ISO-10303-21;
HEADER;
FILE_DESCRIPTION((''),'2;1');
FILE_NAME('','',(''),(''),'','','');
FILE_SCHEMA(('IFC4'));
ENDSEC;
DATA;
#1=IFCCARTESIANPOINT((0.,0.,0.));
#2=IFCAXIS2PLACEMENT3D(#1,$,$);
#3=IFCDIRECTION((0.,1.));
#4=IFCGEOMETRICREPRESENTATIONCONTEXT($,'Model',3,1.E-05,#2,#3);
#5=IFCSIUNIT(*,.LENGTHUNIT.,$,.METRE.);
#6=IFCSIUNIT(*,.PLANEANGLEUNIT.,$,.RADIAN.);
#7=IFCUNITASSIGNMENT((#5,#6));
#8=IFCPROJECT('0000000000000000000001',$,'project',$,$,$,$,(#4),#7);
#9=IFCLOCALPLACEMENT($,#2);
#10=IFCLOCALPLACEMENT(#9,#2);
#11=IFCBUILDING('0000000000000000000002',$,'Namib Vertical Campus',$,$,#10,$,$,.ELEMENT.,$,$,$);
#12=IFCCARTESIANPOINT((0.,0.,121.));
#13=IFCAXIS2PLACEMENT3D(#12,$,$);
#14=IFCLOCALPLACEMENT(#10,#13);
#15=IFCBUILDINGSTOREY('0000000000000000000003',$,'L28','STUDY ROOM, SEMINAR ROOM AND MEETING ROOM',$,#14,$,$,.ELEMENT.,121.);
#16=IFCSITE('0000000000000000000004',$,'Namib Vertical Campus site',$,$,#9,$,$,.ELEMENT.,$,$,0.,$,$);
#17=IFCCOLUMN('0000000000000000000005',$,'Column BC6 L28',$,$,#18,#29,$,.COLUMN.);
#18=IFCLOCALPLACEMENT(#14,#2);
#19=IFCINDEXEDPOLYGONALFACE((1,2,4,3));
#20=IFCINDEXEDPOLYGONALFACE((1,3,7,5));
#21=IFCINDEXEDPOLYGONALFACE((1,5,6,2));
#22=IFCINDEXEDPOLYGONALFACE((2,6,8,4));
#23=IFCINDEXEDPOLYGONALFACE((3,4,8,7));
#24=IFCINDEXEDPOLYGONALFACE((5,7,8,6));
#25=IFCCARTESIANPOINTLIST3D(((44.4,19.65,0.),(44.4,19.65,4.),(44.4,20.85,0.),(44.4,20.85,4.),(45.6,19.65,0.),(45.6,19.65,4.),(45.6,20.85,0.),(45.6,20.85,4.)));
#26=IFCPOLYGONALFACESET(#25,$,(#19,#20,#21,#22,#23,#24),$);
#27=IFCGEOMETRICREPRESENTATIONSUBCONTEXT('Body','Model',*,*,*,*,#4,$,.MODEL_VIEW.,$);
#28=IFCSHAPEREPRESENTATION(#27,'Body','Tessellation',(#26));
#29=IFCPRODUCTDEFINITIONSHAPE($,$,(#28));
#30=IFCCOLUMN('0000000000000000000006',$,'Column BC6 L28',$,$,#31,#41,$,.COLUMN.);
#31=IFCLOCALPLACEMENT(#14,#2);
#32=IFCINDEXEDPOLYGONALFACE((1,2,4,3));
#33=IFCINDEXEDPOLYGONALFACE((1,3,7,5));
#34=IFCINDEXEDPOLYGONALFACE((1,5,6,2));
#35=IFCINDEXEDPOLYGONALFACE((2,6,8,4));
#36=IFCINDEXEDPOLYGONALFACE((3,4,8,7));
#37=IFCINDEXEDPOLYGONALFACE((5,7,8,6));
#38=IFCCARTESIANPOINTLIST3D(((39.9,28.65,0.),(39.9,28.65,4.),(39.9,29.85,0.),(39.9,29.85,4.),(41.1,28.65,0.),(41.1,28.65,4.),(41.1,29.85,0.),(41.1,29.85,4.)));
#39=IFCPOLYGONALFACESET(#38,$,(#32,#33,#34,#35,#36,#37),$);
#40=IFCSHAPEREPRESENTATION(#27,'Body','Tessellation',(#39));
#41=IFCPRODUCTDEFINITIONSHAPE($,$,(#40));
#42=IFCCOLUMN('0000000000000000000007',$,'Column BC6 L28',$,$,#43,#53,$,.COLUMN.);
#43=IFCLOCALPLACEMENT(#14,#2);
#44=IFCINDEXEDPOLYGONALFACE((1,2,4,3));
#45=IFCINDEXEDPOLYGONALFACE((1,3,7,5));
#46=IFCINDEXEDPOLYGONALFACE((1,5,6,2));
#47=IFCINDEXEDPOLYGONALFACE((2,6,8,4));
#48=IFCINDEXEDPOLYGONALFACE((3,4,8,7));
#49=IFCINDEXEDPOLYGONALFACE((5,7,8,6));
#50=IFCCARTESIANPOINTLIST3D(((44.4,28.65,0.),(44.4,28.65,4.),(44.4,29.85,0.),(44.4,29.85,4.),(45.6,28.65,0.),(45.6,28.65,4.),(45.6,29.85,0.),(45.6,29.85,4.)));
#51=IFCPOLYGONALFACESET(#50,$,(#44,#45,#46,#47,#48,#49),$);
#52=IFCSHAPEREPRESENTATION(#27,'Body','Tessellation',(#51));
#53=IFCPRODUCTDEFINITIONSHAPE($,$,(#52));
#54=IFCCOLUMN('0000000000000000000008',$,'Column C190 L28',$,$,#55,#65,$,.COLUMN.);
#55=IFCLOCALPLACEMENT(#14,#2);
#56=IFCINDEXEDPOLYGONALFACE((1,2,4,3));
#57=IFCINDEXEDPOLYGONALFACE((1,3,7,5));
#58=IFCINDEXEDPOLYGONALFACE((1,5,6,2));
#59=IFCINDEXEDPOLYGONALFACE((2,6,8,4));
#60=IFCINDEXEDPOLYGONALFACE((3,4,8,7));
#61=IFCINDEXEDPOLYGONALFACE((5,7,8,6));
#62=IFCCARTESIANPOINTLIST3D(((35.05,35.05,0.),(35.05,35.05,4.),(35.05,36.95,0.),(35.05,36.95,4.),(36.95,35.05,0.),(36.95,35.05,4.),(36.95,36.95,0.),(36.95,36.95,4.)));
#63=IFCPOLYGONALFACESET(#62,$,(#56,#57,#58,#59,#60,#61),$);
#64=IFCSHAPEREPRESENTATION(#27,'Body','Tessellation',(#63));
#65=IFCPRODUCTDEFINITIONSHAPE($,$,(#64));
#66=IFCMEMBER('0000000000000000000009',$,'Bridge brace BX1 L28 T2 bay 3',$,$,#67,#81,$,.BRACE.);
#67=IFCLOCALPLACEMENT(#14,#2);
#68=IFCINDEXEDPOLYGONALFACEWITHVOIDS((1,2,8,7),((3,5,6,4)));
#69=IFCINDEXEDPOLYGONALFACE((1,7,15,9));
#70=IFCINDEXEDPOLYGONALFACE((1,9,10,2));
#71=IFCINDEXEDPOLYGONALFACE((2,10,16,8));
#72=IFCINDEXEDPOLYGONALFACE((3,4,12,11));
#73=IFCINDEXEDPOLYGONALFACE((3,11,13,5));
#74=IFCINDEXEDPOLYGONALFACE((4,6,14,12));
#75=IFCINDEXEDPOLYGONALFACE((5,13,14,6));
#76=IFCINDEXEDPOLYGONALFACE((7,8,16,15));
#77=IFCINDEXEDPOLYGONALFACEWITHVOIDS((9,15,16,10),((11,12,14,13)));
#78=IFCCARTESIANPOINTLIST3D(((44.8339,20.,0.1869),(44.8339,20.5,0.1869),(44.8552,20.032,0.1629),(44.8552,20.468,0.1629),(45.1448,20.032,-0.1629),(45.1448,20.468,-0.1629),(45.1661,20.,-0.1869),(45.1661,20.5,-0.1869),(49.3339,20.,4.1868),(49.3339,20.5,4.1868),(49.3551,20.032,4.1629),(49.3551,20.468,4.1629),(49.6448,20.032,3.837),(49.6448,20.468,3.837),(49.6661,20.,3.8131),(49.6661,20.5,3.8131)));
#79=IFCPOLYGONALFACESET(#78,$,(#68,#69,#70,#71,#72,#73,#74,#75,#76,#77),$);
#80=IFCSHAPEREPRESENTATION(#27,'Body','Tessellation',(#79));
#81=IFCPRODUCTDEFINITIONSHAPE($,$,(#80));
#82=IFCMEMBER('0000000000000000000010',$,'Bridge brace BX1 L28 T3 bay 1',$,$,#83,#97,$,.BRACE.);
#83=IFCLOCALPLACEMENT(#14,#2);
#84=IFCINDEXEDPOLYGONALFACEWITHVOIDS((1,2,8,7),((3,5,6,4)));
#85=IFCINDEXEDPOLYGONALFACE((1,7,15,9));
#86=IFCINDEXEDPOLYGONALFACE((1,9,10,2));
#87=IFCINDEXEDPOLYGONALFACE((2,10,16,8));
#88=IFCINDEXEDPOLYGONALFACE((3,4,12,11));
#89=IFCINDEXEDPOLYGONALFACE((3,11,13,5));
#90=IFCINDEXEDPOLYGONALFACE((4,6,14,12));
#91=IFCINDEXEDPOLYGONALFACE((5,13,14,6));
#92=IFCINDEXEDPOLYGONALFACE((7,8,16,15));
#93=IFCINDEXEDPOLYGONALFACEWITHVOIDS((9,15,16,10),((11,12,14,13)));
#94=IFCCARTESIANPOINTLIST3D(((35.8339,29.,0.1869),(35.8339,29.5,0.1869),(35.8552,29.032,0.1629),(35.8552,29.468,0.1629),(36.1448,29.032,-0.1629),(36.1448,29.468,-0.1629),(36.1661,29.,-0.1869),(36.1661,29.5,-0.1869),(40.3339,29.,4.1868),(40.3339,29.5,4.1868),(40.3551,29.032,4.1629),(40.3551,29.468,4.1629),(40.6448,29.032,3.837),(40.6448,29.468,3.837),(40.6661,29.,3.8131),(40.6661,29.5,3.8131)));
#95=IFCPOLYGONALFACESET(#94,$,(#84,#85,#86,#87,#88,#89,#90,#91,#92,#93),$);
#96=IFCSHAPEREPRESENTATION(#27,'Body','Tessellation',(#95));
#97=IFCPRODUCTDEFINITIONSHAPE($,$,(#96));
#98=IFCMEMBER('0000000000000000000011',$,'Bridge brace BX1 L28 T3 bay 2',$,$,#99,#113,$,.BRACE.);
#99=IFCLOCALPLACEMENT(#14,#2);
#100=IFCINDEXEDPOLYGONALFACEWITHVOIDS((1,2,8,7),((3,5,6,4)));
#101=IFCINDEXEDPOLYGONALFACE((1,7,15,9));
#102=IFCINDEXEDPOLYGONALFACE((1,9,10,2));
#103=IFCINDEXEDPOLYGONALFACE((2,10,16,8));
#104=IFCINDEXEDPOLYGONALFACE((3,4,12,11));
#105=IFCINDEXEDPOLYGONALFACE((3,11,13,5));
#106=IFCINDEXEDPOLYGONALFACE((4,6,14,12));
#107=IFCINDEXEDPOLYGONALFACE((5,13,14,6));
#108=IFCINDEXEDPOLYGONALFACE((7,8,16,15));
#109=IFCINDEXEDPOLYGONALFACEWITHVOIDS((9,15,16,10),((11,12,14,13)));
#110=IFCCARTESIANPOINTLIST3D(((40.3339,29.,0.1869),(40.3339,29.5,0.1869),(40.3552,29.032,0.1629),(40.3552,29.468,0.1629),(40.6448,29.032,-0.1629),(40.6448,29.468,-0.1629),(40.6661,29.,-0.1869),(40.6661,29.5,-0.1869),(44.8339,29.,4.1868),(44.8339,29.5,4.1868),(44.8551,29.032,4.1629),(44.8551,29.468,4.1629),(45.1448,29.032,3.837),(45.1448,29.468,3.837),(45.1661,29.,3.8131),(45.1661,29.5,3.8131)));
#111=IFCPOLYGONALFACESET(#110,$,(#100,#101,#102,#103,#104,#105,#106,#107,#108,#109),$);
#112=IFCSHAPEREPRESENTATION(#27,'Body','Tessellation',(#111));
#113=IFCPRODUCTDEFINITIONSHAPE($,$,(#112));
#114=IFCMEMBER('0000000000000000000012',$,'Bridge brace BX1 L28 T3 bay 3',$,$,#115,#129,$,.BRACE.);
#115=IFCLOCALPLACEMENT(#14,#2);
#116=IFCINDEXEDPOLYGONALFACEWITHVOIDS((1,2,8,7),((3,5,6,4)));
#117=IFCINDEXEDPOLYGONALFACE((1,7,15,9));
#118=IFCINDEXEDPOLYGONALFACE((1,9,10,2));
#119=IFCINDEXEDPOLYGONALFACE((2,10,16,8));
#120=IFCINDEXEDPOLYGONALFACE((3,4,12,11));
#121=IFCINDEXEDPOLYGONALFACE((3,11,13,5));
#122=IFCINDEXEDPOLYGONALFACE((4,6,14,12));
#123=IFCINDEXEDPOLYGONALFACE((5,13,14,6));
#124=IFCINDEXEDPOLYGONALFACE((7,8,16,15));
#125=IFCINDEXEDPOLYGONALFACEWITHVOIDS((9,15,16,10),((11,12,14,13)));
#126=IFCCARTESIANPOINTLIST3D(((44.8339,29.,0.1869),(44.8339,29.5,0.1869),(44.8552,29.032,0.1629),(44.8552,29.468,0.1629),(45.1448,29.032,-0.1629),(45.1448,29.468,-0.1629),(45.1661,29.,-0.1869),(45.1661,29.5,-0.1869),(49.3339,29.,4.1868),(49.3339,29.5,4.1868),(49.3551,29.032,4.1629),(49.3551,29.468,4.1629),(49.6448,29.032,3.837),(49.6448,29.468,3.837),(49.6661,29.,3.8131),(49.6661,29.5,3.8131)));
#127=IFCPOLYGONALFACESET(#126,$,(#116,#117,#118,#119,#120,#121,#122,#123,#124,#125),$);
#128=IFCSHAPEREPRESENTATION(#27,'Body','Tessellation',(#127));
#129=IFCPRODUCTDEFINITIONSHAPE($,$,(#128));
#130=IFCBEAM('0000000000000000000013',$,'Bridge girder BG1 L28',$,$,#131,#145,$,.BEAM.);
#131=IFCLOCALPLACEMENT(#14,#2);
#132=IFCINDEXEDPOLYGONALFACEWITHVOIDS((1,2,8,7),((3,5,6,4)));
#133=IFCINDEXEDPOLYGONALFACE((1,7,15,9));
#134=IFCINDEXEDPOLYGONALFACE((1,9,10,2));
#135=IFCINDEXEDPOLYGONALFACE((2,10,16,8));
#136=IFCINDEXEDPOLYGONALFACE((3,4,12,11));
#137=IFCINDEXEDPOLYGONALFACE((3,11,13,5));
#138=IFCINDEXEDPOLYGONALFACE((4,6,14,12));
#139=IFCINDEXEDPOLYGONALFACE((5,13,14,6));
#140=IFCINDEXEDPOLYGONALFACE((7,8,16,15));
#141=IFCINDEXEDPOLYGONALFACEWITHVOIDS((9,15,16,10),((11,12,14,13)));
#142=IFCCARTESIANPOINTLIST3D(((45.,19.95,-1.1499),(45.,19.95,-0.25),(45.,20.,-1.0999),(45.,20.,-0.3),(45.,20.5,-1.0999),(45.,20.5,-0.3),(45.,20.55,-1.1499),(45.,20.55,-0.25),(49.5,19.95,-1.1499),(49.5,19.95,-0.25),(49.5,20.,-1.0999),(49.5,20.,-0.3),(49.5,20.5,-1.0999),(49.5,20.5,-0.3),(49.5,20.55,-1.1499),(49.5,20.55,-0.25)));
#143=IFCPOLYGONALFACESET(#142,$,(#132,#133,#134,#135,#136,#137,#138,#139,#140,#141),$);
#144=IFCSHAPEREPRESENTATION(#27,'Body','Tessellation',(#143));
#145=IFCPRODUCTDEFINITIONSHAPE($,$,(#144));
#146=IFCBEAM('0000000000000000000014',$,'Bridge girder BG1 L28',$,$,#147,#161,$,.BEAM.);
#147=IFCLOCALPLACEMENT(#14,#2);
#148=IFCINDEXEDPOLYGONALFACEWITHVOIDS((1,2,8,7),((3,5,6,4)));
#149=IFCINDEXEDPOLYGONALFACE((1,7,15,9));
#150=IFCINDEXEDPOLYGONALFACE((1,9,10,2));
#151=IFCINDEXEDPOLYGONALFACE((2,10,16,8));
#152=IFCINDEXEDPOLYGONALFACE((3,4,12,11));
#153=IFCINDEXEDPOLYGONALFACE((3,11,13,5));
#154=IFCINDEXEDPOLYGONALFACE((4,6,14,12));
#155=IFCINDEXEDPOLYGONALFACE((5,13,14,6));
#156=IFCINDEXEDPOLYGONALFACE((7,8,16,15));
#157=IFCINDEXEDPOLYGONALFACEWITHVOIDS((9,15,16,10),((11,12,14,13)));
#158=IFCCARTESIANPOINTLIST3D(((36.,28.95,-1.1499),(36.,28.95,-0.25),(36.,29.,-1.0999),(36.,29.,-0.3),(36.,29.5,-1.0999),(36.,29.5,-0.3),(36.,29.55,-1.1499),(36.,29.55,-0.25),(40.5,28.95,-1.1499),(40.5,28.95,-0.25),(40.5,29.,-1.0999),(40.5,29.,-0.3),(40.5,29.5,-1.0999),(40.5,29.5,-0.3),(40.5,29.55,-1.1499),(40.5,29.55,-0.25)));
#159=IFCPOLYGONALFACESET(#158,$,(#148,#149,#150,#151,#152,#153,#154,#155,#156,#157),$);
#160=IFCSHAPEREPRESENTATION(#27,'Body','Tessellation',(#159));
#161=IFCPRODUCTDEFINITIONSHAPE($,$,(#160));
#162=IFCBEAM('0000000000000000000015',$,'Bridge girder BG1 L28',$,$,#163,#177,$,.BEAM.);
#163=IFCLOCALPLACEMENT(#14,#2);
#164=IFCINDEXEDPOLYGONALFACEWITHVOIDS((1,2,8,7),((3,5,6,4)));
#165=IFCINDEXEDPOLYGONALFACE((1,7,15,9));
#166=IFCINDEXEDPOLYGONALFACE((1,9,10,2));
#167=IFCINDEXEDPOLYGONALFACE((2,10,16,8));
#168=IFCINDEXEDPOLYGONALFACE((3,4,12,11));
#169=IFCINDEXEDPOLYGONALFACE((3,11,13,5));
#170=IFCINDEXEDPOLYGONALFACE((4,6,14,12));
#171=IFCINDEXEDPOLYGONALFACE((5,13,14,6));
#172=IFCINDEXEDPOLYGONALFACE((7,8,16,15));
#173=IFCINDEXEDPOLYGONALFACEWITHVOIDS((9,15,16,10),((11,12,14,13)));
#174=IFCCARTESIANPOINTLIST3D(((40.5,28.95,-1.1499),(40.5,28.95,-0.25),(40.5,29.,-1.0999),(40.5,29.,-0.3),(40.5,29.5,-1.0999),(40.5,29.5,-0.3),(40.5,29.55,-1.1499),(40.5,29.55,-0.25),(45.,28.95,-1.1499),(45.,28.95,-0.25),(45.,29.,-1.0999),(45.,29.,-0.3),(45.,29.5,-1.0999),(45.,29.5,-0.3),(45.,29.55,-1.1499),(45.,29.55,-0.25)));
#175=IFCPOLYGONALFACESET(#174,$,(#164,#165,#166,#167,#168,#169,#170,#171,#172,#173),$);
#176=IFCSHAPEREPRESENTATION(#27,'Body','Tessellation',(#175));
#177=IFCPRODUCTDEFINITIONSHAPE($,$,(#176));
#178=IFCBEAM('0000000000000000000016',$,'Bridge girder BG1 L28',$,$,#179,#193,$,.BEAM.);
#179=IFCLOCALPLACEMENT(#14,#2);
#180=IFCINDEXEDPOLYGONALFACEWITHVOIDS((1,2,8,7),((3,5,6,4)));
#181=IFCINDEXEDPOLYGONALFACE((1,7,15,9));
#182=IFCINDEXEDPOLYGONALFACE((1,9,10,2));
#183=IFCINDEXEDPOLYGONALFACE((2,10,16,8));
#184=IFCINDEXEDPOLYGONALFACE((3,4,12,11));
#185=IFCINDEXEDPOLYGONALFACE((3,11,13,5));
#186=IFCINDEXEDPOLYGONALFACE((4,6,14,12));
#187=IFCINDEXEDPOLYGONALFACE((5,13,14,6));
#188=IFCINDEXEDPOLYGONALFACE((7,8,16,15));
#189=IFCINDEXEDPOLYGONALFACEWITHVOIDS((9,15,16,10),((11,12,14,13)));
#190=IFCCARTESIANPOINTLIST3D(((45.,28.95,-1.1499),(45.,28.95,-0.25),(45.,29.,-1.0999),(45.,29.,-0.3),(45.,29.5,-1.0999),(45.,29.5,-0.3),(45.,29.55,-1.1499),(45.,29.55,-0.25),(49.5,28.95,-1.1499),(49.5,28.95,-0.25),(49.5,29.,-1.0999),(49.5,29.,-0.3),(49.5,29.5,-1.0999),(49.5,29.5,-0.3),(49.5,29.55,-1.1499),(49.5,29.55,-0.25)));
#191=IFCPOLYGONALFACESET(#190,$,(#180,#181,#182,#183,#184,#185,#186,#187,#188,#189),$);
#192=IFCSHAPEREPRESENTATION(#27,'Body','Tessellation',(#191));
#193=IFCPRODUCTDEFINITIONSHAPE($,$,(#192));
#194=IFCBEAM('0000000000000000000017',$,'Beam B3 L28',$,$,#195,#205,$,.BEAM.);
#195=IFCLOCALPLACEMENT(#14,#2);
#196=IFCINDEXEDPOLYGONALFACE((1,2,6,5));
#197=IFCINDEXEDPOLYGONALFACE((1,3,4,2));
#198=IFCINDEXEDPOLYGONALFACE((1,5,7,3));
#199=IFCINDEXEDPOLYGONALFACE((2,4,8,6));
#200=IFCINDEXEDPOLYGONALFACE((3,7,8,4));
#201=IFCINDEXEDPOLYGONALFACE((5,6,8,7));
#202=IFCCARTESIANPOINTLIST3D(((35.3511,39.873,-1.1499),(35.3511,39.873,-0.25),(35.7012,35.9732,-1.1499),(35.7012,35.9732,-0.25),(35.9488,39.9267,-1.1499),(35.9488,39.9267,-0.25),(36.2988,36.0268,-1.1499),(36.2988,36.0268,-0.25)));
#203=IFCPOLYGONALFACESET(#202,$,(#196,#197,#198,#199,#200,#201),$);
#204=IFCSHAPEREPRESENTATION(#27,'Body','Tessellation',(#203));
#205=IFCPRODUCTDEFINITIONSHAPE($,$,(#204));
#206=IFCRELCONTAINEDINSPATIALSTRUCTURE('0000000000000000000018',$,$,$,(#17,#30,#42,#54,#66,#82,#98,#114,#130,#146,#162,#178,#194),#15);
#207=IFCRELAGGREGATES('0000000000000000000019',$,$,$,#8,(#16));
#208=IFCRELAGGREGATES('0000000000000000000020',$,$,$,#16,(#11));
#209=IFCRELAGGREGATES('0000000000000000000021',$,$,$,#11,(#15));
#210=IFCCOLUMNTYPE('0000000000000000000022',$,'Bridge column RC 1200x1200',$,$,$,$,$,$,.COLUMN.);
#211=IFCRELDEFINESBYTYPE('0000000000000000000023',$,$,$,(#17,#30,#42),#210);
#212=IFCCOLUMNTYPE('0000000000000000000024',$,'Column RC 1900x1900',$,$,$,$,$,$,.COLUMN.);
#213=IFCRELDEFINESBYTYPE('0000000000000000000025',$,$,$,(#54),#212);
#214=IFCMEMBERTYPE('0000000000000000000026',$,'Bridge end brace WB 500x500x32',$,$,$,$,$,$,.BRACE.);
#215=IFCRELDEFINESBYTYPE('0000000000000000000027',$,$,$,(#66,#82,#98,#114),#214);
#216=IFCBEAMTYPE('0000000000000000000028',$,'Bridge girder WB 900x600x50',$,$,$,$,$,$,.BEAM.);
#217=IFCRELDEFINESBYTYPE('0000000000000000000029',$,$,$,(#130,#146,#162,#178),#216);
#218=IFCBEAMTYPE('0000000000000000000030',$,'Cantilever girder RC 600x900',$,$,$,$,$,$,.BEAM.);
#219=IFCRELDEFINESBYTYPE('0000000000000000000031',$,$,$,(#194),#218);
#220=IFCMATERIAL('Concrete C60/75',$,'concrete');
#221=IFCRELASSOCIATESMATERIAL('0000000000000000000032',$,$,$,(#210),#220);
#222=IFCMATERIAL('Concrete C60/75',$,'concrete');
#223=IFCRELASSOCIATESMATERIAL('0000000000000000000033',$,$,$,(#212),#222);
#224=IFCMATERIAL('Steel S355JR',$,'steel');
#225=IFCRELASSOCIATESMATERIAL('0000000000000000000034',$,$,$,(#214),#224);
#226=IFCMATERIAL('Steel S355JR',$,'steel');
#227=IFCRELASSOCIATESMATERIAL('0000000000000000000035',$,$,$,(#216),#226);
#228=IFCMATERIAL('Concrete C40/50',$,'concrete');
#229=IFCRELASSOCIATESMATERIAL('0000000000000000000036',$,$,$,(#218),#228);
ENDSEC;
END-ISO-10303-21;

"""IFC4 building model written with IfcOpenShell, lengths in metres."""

from ifc_helpers import new_model, si_unit, direction, frame, origin, origin_2d, place, context, subcontext, project, spatial, rectangle, hollow_rectangle, extrude, material, material_profile, profile_set, type_object, element, save


model = new_model("IFC4")

# Units and contexts
model_context = context("Model", 3, precision=1e-05, world=origin(), true_north=direction((0.0, 1.0)))
body_context = subcontext(model_context, "Body", "Model", "MODEL_VIEW")
ifc_project = project(units=[si_unit("LENGTHUNIT", "METRE"), si_unit("PLANEANGLEUNIT", "RADIAN")], contexts=[model_context])

# Site, building, storey
site_placement = place(None, origin())
site = spatial("IfcSite", under=ifc_project, at=site_placement, Name="Namib Vertical Campus site", CompositionType="ELEMENT", RefElevation=0.0)
building_placement = place(site_placement, origin())
building = spatial("IfcBuilding", under=site, at=building_placement, Name="Namib Vertical Campus", CompositionType="ELEMENT")
storey_placement = place(building_placement, frame((0.0, 0.0, 121.0)))
storey = spatial("IfcBuildingStorey", under=building, at=storey_placement, Name="L28", Description="STUDY ROOM, SEMINAR ROOM AND MEETING ROOM", CompositionType="ELEMENT", Elevation=121.0)

# Columns
ifc_material_1 = material(Name="Concrete C60/75", Category="concrete")
ifc_material_profile_1 = material_profile(ifc_material_1, rectangle(XDim=1.2, YDim=1.2, at=origin_2d()))
ifc_profile_set_1 = profile_set([ifc_material_profile_1], Name="Concrete C60/75")
column_type_1 = type_object("IfcColumnType", Name="Bridge column RC 1200x1200", PredefinedType="COLUMN", material=ifc_profile_set_1)
for number, where, z_axis, x_axis, name in (
    (1, (45.0, 20.25, 0.0), (0.0, 0.0, 1.0), (1.0, 0.0, 0.0), "Column BC6 L28"),
    (2, (40.5, 29.25, 0.0), (0.0, 0.0, 1.0), (1.0, 0.0, 0.0), "Column BC6 L28"),
    (3, (45.0, 29.25, 0.0), (0.0, 0.0, 1.0), (1.0, 0.0, 0.0), "Column BC6 L28"),
):
    element("IfcColumn", number, at=place(storey_placement, frame(where, z_axis=z_axis, x_axis=x_axis)), inside=storey, type_object=column_type_1, Name=name, PredefinedType="COLUMN", context=body_context, shape_type="SweptSolid", body=[
        extrude(rectangle(XDim=1.2, YDim=1.2, at=origin_2d()), origin(), (0.0, 0.0, 1.0), 4.0),
    ])
ifc_material_2 = material(Name="Concrete C60/75", Category="concrete")
ifc_material_profile_2 = material_profile(ifc_material_2, rectangle(XDim=1.8999, YDim=1.8999, at=origin_2d()))
ifc_profile_set_2 = profile_set([ifc_material_profile_2], Name="Concrete C60/75")
column_type_2 = type_object("IfcColumnType", Name="Column RC 1900x1900", PredefinedType="COLUMN", material=ifc_profile_set_2)
column_placement = place(storey_placement, frame((36.0, 36.0, 0.0), z_axis=(0.0, 0.0, 1.0), x_axis=(1.0, 0.0, 0.0)))
element("IfcColumn", 4, at=column_placement, inside=storey, type_object=column_type_2, Name="Column C190 L28", PredefinedType="COLUMN", context=body_context, shape_type="SweptSolid", body=[
    extrude(rectangle(XDim=1.8999, YDim=1.8999, at=origin_2d()), origin(), (0.0, 0.0, 1.0), 4.0),
])

# Members
ifc_material_3 = material(Name="Steel S355JR", Category="steel")
ifc_material_profile_3 = material_profile(ifc_material_3, hollow_rectangle(XDim=0.5, YDim=0.5, WallThickness=0.032, at=origin_2d()))
ifc_profile_set_3 = profile_set([ifc_material_profile_3], Name="Steel S355JR")
member_type_1 = type_object("IfcMemberType", Name="Bridge end brace WB 500x500x32", PredefinedType="BRACE", material=ifc_profile_set_3)
for number, where, z_axis, x_axis, name in (
    (5, (45.0, 20.25, 0.0), (0.747409, 0.0, 0.664364), (0.0, 1.0, 0.0), "Bridge brace BX1 L28 T2 bay 3"),
    (6, (36.0, 29.25, 0.0), (0.747409, 0.0, 0.664364), (0.0, 1.0, 0.0), "Bridge brace BX1 L28 T3 bay 1"),
    (7, (40.5, 29.25, 0.0), (0.747409, 0.0, 0.664364), (0.0, 1.0, 0.0), "Bridge brace BX1 L28 T3 bay 2"),
    (8, (45.0, 29.25, 0.0), (0.747409, 0.0, 0.664364), (0.0, 1.0, 0.0), "Bridge brace BX1 L28 T3 bay 3"),
):
    element("IfcMember", number, at=place(storey_placement, frame(where, z_axis=z_axis, x_axis=x_axis)), inside=storey, type_object=member_type_1, Name=name, PredefinedType="BRACE", context=body_context, shape_type="SweptSolid", body=[
        extrude(hollow_rectangle(XDim=0.5, YDim=0.5, WallThickness=0.032, at=origin_2d()), origin(), (0.0, 0.0, 1.0), 6.0208),
    ])

# Beams
ifc_material_4 = material(Name="Steel S355JR", Category="steel")
ifc_material_profile_4 = material_profile(ifc_material_4, hollow_rectangle(XDim=0.6001, YDim=0.8999, WallThickness=0.05, at=origin_2d()))
ifc_profile_set_4 = profile_set([ifc_material_profile_4], Name="Steel S355JR")
beam_type_1 = type_object("IfcBeamType", Name="Bridge girder WB 900x600x50", PredefinedType="BEAM", material=ifc_profile_set_4)
for number, where, z_axis, x_axis, name in (
    (9, (45.0, 20.25, -0.7), (1.0, 0.0, 0.0), (0.0, 1.0, 0.0), "Bridge girder BG1 L28"),
    (10, (36.0, 29.25, -0.7), (1.0, 0.0, 0.0), (0.0, 1.0, 0.0), "Bridge girder BG1 L28"),
    (11, (40.5, 29.25, -0.7), (1.0, 0.0, 0.0), (0.0, 1.0, 0.0), "Bridge girder BG1 L28"),
    (12, (45.0, 29.25, -0.7), (1.0, 0.0, 0.0), (0.0, 1.0, 0.0), "Bridge girder BG1 L28"),
):
    element("IfcBeam", number, at=place(storey_placement, frame(where, z_axis=z_axis, x_axis=x_axis)), inside=storey, type_object=beam_type_1, Name=name, PredefinedType="BEAM", context=body_context, shape_type="SweptSolid", body=[
        extrude(hollow_rectangle(XDim=0.6001, YDim=0.8999, WallThickness=0.05, at=origin_2d()), origin(), (0.0, 0.0, 1.0), 4.5),
    ])
ifc_material_5 = material(Name="Concrete C40/50", Category="concrete")
ifc_material_profile_5 = material_profile(ifc_material_5, rectangle(XDim=0.6001, YDim=0.8999, at=origin_2d()))
ifc_profile_set_5 = profile_set([ifc_material_profile_5], Name="Concrete C40/50")
beam_type_2 = type_object("IfcBeamType", Name="Cantilever girder RC 600x900", PredefinedType="BEAM", material=ifc_profile_set_5)
for number, where, z_axis, x_axis, name in (
    (13, (36.0, 36.0, -0.7), (-0.089411, 0.995995, 0.0), (-0.995995, -0.089411, 0.0), "Beam B3 L28"),
):
    element("IfcBeam", number, at=place(storey_placement, frame(where, z_axis=z_axis, x_axis=x_axis)), inside=storey, type_object=beam_type_2, Name=name, PredefinedType="BEAM", context=body_context, shape_type="SweptSolid", body=[
        extrude(rectangle(XDim=0.6001, YDim=0.8999, at=origin_2d()), origin(), (0.0, 0.0, 1.0), 3.9155),
    ])

save(model, "model.ifc")
